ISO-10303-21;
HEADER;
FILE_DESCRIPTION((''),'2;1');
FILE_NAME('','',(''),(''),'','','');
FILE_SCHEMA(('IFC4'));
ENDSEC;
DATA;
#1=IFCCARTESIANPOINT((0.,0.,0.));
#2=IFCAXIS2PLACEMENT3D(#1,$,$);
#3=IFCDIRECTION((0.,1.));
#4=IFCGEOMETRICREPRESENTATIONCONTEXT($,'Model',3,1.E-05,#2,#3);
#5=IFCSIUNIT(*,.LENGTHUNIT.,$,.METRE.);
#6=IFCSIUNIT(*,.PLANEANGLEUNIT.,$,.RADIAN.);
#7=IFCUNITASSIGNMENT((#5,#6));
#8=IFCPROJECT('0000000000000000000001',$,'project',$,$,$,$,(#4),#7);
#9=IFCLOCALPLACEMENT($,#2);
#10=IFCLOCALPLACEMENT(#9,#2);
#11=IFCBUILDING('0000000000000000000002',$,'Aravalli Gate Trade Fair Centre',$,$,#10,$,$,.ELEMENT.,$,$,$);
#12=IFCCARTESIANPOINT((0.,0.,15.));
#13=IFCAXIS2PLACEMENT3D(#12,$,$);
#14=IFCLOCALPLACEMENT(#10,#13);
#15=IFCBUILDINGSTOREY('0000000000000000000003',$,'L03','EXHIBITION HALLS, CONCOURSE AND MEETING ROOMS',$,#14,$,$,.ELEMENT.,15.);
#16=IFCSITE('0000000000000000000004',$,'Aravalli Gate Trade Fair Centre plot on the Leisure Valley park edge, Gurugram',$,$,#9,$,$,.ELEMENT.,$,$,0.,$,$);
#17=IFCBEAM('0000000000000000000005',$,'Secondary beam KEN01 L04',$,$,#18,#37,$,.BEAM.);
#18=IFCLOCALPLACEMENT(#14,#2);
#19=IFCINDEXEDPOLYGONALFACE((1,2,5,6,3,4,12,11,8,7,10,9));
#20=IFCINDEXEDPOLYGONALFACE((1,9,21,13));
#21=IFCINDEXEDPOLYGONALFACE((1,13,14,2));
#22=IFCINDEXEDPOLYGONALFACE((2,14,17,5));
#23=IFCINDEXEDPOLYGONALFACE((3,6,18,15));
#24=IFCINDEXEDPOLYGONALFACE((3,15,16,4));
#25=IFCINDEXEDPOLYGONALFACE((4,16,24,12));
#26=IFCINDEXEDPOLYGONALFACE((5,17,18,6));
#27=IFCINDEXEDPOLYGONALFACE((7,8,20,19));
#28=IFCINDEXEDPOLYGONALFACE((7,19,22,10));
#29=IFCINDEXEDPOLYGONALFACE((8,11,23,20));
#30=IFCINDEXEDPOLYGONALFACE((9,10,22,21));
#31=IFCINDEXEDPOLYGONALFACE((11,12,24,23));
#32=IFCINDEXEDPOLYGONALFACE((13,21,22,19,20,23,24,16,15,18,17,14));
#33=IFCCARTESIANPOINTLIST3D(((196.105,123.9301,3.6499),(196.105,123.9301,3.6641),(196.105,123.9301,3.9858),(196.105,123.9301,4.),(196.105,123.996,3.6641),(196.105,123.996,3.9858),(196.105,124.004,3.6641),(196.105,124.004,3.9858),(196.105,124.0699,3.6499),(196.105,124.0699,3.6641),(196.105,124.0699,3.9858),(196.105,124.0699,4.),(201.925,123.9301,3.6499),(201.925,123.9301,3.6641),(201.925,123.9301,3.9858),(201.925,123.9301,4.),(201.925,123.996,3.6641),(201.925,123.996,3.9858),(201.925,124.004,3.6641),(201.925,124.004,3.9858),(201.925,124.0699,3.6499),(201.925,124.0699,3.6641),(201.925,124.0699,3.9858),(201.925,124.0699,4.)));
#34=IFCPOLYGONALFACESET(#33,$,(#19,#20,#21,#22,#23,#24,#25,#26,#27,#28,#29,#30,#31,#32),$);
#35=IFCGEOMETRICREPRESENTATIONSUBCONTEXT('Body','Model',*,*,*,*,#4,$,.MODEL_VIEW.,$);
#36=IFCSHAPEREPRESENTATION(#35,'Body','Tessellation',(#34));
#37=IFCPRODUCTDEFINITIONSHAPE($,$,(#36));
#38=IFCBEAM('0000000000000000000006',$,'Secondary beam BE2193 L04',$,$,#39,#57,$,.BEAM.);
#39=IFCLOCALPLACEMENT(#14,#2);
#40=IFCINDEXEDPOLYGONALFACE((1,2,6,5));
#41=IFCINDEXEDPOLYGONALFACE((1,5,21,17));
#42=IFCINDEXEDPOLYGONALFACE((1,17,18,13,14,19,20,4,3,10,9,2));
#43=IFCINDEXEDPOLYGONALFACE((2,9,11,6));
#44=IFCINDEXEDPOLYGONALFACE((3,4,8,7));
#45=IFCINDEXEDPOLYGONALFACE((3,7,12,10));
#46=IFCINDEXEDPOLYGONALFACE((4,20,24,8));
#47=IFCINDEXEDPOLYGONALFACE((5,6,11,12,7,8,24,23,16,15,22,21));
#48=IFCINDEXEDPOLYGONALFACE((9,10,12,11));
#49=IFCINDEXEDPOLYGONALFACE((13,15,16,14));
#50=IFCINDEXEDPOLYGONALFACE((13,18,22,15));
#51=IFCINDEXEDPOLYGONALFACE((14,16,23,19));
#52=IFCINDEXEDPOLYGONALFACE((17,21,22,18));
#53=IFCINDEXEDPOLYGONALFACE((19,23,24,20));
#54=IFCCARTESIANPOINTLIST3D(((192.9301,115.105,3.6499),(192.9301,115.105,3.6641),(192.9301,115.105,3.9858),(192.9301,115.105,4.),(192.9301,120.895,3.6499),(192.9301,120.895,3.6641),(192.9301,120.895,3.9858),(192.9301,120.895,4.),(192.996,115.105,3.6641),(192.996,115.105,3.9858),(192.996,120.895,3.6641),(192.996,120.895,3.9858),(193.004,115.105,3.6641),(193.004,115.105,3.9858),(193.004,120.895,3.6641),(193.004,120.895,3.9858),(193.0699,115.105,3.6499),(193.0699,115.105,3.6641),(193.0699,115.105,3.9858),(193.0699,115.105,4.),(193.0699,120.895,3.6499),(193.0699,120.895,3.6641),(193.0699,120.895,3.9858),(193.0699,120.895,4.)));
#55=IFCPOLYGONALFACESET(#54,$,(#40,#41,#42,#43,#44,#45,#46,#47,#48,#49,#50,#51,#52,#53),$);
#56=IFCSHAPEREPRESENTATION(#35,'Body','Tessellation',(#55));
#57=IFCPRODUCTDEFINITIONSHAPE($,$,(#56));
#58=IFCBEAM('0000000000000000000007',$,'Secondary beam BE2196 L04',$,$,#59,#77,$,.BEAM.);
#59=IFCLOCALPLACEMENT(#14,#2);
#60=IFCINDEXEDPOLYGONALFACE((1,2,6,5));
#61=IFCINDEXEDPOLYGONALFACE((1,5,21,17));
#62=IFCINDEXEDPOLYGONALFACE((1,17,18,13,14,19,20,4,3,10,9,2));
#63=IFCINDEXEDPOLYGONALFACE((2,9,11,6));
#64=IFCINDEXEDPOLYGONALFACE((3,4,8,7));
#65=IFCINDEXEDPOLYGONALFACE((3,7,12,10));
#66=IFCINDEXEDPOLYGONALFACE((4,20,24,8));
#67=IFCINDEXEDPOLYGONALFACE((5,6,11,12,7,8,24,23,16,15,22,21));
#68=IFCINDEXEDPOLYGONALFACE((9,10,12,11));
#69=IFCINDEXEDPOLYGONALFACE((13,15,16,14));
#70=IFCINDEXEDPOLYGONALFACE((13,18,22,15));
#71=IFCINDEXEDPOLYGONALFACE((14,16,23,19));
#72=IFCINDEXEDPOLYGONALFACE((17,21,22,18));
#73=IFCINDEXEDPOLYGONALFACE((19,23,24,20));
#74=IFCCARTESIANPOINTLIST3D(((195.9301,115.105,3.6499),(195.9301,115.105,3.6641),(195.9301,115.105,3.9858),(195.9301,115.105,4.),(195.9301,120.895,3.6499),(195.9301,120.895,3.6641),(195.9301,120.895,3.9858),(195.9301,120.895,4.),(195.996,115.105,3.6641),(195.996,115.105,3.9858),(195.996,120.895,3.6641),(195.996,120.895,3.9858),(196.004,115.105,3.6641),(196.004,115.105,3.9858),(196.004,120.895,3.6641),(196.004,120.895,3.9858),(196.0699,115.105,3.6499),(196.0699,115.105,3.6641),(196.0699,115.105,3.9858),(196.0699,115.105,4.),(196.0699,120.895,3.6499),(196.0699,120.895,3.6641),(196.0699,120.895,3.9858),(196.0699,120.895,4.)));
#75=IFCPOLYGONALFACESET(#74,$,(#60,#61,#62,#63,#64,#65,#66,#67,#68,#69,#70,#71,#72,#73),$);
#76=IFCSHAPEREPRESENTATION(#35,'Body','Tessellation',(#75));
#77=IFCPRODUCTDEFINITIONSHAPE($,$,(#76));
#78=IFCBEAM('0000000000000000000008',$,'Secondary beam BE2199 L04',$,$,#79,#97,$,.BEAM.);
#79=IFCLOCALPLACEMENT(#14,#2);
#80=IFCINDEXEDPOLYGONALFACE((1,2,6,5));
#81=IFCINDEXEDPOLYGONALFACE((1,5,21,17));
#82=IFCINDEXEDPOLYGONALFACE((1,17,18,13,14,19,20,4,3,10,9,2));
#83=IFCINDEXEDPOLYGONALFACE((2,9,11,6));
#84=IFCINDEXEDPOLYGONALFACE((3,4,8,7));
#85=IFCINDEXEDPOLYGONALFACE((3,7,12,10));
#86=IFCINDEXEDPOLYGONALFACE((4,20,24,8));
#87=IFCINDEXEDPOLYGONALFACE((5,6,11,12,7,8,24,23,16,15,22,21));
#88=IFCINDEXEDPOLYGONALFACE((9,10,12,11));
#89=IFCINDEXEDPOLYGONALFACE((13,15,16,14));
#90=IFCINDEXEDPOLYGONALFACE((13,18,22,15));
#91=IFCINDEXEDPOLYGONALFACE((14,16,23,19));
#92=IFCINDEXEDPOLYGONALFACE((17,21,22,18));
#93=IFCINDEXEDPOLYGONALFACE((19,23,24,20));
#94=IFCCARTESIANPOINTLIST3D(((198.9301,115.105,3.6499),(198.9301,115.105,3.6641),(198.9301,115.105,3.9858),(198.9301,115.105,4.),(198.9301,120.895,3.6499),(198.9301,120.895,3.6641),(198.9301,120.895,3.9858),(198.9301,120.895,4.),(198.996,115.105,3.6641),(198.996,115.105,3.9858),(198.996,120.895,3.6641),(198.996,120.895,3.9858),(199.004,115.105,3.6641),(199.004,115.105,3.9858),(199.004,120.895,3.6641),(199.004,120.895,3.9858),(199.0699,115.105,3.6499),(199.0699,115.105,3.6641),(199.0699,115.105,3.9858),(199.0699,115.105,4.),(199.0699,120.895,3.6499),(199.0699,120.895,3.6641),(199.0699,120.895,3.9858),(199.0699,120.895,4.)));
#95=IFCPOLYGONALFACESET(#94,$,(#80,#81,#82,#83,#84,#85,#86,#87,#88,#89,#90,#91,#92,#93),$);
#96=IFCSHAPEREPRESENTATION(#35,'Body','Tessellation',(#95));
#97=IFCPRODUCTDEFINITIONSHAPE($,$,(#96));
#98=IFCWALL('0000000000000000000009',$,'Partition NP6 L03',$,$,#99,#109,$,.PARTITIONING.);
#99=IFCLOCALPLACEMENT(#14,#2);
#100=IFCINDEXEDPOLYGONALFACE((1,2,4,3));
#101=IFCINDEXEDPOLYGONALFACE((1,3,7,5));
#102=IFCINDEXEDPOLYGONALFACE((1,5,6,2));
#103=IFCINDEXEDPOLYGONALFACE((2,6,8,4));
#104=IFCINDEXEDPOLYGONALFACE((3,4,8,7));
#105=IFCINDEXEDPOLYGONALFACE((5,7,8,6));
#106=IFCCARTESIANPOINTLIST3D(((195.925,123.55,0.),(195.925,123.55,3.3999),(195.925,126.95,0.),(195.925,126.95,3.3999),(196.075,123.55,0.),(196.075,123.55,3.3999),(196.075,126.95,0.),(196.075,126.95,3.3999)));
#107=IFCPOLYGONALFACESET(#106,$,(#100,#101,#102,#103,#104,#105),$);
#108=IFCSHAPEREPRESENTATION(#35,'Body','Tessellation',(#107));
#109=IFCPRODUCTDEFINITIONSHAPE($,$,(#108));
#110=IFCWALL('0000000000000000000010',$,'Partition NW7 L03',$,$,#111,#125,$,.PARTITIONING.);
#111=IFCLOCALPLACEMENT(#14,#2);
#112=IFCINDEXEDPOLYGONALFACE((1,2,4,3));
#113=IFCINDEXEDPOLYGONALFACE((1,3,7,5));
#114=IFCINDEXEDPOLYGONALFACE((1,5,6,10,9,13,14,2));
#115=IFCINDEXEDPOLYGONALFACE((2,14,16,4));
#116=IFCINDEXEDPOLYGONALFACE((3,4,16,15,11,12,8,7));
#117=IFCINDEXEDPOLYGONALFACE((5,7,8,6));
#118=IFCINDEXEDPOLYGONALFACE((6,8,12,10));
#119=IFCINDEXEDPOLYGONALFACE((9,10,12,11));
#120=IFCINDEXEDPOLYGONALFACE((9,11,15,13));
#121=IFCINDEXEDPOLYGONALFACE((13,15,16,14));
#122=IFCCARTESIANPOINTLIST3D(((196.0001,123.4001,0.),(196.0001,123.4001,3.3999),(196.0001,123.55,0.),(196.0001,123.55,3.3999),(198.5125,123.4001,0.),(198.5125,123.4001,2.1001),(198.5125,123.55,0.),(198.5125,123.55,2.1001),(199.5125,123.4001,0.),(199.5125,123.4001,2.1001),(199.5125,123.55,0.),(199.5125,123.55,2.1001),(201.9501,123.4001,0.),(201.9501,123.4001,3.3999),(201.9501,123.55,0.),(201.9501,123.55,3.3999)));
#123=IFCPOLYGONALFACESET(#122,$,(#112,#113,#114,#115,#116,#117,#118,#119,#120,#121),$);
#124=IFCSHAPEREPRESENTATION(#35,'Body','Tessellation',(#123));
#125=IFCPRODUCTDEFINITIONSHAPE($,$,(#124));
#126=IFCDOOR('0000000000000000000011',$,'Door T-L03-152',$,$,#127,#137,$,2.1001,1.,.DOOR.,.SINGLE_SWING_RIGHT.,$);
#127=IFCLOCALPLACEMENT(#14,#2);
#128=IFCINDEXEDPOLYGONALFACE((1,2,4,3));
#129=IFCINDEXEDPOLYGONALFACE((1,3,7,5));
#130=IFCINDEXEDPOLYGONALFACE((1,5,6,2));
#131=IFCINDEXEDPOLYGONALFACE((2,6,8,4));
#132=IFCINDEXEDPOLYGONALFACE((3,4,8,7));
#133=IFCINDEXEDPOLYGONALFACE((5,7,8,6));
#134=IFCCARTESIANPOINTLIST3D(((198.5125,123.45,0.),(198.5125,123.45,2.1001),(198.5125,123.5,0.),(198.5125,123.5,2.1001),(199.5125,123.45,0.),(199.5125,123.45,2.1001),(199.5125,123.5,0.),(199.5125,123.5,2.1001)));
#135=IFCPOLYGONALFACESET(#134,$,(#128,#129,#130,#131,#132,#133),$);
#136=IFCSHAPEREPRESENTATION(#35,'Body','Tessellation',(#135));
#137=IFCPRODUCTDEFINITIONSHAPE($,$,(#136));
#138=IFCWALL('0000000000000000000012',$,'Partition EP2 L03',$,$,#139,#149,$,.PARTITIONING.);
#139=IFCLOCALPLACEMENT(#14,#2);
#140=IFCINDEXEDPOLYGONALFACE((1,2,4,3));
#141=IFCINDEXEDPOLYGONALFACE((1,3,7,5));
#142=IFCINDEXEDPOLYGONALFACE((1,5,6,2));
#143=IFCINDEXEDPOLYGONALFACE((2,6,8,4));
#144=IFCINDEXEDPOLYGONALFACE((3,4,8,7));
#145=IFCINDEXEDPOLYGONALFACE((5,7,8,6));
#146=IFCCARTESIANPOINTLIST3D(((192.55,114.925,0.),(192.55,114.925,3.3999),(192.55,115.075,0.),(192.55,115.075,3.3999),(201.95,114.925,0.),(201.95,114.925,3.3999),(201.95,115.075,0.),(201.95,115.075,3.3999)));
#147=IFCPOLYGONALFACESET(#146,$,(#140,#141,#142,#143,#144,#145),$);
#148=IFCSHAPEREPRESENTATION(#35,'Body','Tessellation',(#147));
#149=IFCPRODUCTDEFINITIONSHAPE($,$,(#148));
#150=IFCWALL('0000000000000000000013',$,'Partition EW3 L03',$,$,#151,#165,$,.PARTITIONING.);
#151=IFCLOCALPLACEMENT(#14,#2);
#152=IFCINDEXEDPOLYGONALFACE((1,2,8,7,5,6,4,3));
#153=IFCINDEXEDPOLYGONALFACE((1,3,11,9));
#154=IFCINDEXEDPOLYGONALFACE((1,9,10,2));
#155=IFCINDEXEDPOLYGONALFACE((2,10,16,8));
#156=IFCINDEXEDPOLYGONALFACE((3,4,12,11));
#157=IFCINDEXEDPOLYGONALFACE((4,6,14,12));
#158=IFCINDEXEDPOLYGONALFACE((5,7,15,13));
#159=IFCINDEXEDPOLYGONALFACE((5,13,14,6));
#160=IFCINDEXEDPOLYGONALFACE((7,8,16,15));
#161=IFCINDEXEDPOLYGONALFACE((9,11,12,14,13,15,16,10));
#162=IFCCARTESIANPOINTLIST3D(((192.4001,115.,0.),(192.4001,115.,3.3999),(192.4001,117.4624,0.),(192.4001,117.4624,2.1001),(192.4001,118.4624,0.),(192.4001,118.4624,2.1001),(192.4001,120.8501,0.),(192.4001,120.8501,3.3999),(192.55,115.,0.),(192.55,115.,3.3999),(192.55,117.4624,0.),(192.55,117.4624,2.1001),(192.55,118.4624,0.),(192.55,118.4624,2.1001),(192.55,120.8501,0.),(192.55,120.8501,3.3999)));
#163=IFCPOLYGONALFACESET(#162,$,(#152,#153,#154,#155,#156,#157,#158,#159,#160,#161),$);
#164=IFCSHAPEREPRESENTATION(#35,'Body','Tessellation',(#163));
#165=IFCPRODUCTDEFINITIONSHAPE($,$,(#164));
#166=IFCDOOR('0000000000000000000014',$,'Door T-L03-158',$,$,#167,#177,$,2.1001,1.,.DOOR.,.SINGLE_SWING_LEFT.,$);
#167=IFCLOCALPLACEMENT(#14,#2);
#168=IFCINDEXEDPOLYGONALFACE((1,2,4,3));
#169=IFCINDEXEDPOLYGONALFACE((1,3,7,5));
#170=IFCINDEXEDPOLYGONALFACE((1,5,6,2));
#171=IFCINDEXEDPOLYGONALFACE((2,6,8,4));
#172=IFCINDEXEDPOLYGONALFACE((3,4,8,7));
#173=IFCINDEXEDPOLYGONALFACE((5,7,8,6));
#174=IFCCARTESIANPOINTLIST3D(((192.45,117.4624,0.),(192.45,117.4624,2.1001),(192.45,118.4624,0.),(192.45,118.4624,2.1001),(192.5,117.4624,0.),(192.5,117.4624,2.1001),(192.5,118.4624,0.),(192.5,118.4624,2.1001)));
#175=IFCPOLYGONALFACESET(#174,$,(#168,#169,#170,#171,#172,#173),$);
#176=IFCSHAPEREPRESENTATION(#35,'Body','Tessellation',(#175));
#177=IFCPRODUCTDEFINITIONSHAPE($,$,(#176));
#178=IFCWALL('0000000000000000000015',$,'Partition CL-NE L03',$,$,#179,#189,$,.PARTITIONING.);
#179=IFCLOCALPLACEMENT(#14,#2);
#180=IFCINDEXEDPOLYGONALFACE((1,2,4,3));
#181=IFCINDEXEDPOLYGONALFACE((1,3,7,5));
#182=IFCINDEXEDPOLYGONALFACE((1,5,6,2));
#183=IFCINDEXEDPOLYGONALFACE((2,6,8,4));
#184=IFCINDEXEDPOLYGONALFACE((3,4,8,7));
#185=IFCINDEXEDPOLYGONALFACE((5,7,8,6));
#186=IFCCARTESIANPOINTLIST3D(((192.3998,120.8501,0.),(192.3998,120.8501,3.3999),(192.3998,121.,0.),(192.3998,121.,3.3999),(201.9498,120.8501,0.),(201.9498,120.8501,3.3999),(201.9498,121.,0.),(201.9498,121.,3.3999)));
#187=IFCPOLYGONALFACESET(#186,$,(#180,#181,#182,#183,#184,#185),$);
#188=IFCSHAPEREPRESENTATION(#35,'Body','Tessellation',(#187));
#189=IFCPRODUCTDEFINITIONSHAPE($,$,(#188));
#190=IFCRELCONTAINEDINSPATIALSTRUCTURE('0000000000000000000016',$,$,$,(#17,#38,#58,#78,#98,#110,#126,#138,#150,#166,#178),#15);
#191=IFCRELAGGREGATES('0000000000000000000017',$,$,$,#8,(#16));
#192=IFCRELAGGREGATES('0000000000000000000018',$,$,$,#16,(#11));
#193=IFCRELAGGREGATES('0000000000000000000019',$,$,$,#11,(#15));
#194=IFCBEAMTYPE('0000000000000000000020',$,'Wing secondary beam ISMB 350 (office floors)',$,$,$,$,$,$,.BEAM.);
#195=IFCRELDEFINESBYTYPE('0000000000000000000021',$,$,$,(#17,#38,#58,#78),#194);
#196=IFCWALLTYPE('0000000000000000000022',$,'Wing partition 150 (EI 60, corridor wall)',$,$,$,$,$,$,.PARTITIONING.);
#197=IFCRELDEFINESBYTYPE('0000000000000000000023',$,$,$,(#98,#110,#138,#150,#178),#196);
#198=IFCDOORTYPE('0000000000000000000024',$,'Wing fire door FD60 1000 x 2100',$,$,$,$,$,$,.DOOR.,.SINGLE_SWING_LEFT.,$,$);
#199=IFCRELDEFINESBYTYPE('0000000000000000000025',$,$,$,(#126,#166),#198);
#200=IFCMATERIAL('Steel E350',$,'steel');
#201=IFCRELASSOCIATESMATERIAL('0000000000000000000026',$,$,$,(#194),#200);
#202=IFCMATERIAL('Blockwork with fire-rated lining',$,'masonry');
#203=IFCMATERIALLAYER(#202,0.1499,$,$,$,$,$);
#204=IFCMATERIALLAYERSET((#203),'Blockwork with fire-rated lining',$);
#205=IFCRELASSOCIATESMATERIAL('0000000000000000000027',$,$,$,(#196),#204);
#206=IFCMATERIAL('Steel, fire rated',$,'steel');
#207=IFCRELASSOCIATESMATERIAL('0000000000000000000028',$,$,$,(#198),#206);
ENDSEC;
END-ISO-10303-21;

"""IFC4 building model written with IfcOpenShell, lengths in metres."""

from ifc_helpers import new_model, si_unit, direction, frame, frame_2d, origin, origin_2d, place, context, subcontext, project, spatial, rectangle, i_section, extrude, material, layer, layer_set, material_profile, profile_set, type_object, element, fill, save


model = new_model("IFC4")

# Units and contexts
model_context = context("Model", 3, precision=1e-05, world=origin(), true_north=direction((0.0, 1.0)))
body_context = subcontext(model_context, "Body", "Model", "MODEL_VIEW")
ifc_project = project(units=[si_unit("LENGTHUNIT", "METRE"), si_unit("PLANEANGLEUNIT", "RADIAN")], contexts=[model_context])

# Site, building, storey
site_placement = place(None, origin())
site = spatial("IfcSite", under=ifc_project, at=site_placement, Name="Aravalli Gate Trade Fair Centre plot on the Leisure Valley park edge, Gurugram", CompositionType="ELEMENT", RefElevation=0.0)
building_placement = place(site_placement, origin())
building = spatial("IfcBuilding", under=site, at=building_placement, Name="Aravalli Gate Trade Fair Centre", CompositionType="ELEMENT")
storey_placement = place(building_placement, frame((0.0, 0.0, 15.0)))
storey = spatial("IfcBuildingStorey", under=building, at=storey_placement, Name="L03", Description="EXHIBITION HALLS, CONCOURSE AND MEETING ROOMS", CompositionType="ELEMENT", Elevation=15.0)

# Shared definitions
ifc_material_1 = material(Name="Steel E350", Category="steel")

# Beams
ifc_material_profile_1 = material_profile(ifc_material_1, i_section(OverallWidth=0.1399, OverallDepth=0.3501, WebThickness=0.0081, FlangeThickness=0.0142, at=origin_2d()), Name="ISMB 350")
ifc_profile_set_1 = profile_set([ifc_material_profile_1], Name="Steel E350")
beam_type_1 = type_object("IfcBeamType", Name="Wing secondary beam ISMB 350 (office floors)", PredefinedType="BEAM", material=ifc_profile_set_1)
beam_1_placement = place(storey_placement, frame((196.105, 124.0, 3.825), z_axis=(1.0, 0.0, 0.0), x_axis=(0.0, 1.0, 0.0)))
element("IfcBeam", 1, at=beam_1_placement, inside=storey, type_object=beam_type_1, Name="Secondary beam KEN01 L04", PredefinedType="BEAM", context=body_context, shape_type="SweptSolid", body=[
    extrude(i_section(OverallWidth=0.1399, OverallDepth=0.3501, WebThickness=0.0081, FlangeThickness=0.0142, at=origin_2d()), origin(), (0.0, 0.0, 1.0), 5.8201),
])
for number, where, z_axis, x_axis, name in (
    (2, (193.0, 115.105, 3.825), (0.0, 1.0, 0.0), (-1.0, 0.0, 0.0), "Secondary beam BE2193 L04"),
    (3, (196.0, 115.105, 3.825), (0.0, 1.0, 0.0), (-1.0, 0.0, 0.0), "Secondary beam BE2196 L04"),
    (4, (199.0, 115.105, 3.825), (0.0, 1.0, 0.0), (-1.0, 0.0, 0.0), "Secondary beam BE2199 L04"),
):
    element("IfcBeam", number, at=place(storey_placement, frame(where, z_axis=z_axis, x_axis=x_axis)), inside=storey, type_object=beam_type_1, Name=name, PredefinedType="BEAM", context=body_context, shape_type="SweptSolid", body=[
        extrude(i_section(OverallWidth=0.1399, OverallDepth=0.3501, WebThickness=0.0081, FlangeThickness=0.0142, at=origin_2d()), origin(), (0.0, 0.0, 1.0), 5.79),
    ])

# Wall
ifc_material_2 = material(Name="Blockwork with fire-rated lining", Category="masonry")
ifc_layer_1 = layer(ifc_material_2, 0.1499)
ifc_layer_set_1 = layer_set([ifc_layer_1], Name="Blockwork with fire-rated lining")
wall_type_1 = type_object("IfcWallType", Name="Wing partition 150 (EI 60, corridor wall)", PredefinedType="PARTITIONING", material=ifc_layer_set_1)
wall_1_placement = place(storey_placement, frame((196.0, 123.55, 0.0), z_axis=(0.0, 0.0, 1.0), x_axis=(0.0, 1.0, 0.0)))
element("IfcWall", 5, at=wall_1_placement, inside=storey, type_object=wall_type_1, Name="Partition NP6 L03", PredefinedType="PARTITIONING", context=body_context, shape_type="SweptSolid", body=[
    extrude(rectangle(XDim=3.3999, YDim=0.1499, at=frame_2d((1.7, 0.0))), origin(), (0.0, 0.0, 1.0), 3.3999),
])

# Wall, opening, door
wall_2_placement = place(storey_placement, frame((196.0, 123.4751, 0.0), z_axis=(0.0, 0.0, 1.0), x_axis=(1.0, 0.0, 0.0)))
wall_2 = element("IfcWall", 6, at=wall_2_placement, inside=storey, type_object=wall_type_1, Name="Partition NW7 L03", PredefinedType="PARTITIONING", context=body_context, shape_type="SweptSolid", body=[
    extrude(rectangle(XDim=5.95, YDim=0.1499, at=frame_2d((2.9751, 0.0))), origin(), (0.0, 0.0, 1.0), 3.3999),
])
opening_1_placement = place(wall_2_placement, frame((2.5125, 0.0, 0.0)))
opening_1 = element("IfcOpeningElement", 7, at=opening_1_placement, cuts=wall_2, PredefinedType="OPENING", context=body_context, shape_type="SweptSolid", body=[
    extrude(rectangle(XDim=1.0, YDim=2.1001, at=frame_2d((0.5, 1.05))), frame((0.0, 0.085, 0.0), z_axis=(0.0, -1.0, 0.0), x_axis=(1.0, 0.0, 0.0)), (0.0, 0.0, 1.0), 0.1699),
])
ifc_material_3 = material(Name="Steel, fire rated", Category="steel")
door_type = type_object("IfcDoorType", Name="Wing fire door FD60 1000 x 2100", OperationType="SINGLE_SWING_LEFT", PredefinedType="DOOR", material=ifc_material_3)
door_1_placement = place(opening_1_placement, origin())
door_1 = element("IfcDoor", 8, at=door_1_placement, inside=storey, type_object=door_type, Name="Door T-L03-152", OperationType="SINGLE_SWING_RIGHT", OverallHeight=2.1001, OverallWidth=1.0, PredefinedType="DOOR", context=body_context, shape_type="SweptSolid", body=[
    extrude(rectangle(XDim=1.0, YDim=2.1001, at=frame_2d((0.5, 1.05))), frame((0.0, 0.0249, 0.0), z_axis=(0.0, -1.0, 0.0), x_axis=(1.0, 0.0, 0.0)), (0.0, 0.0, 1.0), 0.05),
])
fill(opening_1, door_1)

# Wall
wall_3_placement = place(storey_placement, frame((192.55, 115.0, 0.0), z_axis=(0.0, 0.0, 1.0), x_axis=(1.0, 0.0, 0.0)))
element("IfcWall", 9, at=wall_3_placement, inside=storey, type_object=wall_type_1, Name="Partition EP2 L03", PredefinedType="PARTITIONING", context=body_context, shape_type="SweptSolid", body=[
    extrude(rectangle(XDim=9.3999, YDim=0.1499, at=frame_2d((4.7, 0.0))), origin(), (0.0, 0.0, 1.0), 3.3999),
])

# Wall, opening, door
wall_4_placement = place(storey_placement, frame((192.4751, 115.0, 0.0), z_axis=(0.0, 0.0, 1.0), x_axis=(0.0, 1.0, 0.0)))
wall_4 = element("IfcWall", 10, at=wall_4_placement, inside=storey, type_object=wall_type_1, Name="Partition EW3 L03", PredefinedType="PARTITIONING", context=body_context, shape_type="SweptSolid", body=[
    extrude(rectangle(XDim=5.8501, YDim=0.1499, at=frame_2d((2.925, 0.0))), origin(), (0.0, 0.0, 1.0), 3.3999),
])
opening_2_placement = place(wall_4_placement, frame((2.4624, 0.0, 0.0)))
opening_2 = element("IfcOpeningElement", 11, at=opening_2_placement, cuts=wall_4, PredefinedType="OPENING", context=body_context, shape_type="SweptSolid", body=[
    extrude(rectangle(XDim=1.0, YDim=2.1001, at=frame_2d((0.5, 1.05))), frame((0.0, 0.085, 0.0), z_axis=(0.0, -1.0, 0.0), x_axis=(1.0, 0.0, 0.0)), (0.0, 0.0, 1.0), 0.1699),
])
door_2_placement = place(opening_2_placement, frame((1.0, 0.0, 0.0), z_axis=(0.0, 0.0, 1.0), x_axis=(-1.0, 0.0, 0.0)))
door_2 = element("IfcDoor", 12, at=door_2_placement, inside=storey, type_object=door_type, Name="Door T-L03-158", OperationType="SINGLE_SWING_LEFT", OverallHeight=2.1001, OverallWidth=1.0, PredefinedType="DOOR", context=body_context, shape_type="SweptSolid", body=[
    extrude(rectangle(XDim=1.0, YDim=2.1001, at=frame_2d((0.5, 1.05))), frame((0.0, 0.0249, 0.0), z_axis=(0.0, -1.0, 0.0), x_axis=(1.0, 0.0, 0.0)), (0.0, 0.0, 1.0), 0.05),
])
fill(opening_2, door_2)

# Wall
wall_5_placement = place(storey_placement, frame((192.3999, 120.925, 0.0), z_axis=(0.0, 0.0, 1.0), x_axis=(1.0, 0.0, 0.0)))
element("IfcWall", 13, at=wall_5_placement, inside=storey, type_object=wall_type_1, Name="Partition CL-NE L03", PredefinedType="PARTITIONING", context=body_context, shape_type="SweptSolid", body=[
    extrude(rectangle(XDim=9.55, YDim=0.1499, at=frame_2d((4.7749, 0.0))), origin(), (0.0, 0.0, 1.0), 3.3999),
])

save(model, "model.ifc")
